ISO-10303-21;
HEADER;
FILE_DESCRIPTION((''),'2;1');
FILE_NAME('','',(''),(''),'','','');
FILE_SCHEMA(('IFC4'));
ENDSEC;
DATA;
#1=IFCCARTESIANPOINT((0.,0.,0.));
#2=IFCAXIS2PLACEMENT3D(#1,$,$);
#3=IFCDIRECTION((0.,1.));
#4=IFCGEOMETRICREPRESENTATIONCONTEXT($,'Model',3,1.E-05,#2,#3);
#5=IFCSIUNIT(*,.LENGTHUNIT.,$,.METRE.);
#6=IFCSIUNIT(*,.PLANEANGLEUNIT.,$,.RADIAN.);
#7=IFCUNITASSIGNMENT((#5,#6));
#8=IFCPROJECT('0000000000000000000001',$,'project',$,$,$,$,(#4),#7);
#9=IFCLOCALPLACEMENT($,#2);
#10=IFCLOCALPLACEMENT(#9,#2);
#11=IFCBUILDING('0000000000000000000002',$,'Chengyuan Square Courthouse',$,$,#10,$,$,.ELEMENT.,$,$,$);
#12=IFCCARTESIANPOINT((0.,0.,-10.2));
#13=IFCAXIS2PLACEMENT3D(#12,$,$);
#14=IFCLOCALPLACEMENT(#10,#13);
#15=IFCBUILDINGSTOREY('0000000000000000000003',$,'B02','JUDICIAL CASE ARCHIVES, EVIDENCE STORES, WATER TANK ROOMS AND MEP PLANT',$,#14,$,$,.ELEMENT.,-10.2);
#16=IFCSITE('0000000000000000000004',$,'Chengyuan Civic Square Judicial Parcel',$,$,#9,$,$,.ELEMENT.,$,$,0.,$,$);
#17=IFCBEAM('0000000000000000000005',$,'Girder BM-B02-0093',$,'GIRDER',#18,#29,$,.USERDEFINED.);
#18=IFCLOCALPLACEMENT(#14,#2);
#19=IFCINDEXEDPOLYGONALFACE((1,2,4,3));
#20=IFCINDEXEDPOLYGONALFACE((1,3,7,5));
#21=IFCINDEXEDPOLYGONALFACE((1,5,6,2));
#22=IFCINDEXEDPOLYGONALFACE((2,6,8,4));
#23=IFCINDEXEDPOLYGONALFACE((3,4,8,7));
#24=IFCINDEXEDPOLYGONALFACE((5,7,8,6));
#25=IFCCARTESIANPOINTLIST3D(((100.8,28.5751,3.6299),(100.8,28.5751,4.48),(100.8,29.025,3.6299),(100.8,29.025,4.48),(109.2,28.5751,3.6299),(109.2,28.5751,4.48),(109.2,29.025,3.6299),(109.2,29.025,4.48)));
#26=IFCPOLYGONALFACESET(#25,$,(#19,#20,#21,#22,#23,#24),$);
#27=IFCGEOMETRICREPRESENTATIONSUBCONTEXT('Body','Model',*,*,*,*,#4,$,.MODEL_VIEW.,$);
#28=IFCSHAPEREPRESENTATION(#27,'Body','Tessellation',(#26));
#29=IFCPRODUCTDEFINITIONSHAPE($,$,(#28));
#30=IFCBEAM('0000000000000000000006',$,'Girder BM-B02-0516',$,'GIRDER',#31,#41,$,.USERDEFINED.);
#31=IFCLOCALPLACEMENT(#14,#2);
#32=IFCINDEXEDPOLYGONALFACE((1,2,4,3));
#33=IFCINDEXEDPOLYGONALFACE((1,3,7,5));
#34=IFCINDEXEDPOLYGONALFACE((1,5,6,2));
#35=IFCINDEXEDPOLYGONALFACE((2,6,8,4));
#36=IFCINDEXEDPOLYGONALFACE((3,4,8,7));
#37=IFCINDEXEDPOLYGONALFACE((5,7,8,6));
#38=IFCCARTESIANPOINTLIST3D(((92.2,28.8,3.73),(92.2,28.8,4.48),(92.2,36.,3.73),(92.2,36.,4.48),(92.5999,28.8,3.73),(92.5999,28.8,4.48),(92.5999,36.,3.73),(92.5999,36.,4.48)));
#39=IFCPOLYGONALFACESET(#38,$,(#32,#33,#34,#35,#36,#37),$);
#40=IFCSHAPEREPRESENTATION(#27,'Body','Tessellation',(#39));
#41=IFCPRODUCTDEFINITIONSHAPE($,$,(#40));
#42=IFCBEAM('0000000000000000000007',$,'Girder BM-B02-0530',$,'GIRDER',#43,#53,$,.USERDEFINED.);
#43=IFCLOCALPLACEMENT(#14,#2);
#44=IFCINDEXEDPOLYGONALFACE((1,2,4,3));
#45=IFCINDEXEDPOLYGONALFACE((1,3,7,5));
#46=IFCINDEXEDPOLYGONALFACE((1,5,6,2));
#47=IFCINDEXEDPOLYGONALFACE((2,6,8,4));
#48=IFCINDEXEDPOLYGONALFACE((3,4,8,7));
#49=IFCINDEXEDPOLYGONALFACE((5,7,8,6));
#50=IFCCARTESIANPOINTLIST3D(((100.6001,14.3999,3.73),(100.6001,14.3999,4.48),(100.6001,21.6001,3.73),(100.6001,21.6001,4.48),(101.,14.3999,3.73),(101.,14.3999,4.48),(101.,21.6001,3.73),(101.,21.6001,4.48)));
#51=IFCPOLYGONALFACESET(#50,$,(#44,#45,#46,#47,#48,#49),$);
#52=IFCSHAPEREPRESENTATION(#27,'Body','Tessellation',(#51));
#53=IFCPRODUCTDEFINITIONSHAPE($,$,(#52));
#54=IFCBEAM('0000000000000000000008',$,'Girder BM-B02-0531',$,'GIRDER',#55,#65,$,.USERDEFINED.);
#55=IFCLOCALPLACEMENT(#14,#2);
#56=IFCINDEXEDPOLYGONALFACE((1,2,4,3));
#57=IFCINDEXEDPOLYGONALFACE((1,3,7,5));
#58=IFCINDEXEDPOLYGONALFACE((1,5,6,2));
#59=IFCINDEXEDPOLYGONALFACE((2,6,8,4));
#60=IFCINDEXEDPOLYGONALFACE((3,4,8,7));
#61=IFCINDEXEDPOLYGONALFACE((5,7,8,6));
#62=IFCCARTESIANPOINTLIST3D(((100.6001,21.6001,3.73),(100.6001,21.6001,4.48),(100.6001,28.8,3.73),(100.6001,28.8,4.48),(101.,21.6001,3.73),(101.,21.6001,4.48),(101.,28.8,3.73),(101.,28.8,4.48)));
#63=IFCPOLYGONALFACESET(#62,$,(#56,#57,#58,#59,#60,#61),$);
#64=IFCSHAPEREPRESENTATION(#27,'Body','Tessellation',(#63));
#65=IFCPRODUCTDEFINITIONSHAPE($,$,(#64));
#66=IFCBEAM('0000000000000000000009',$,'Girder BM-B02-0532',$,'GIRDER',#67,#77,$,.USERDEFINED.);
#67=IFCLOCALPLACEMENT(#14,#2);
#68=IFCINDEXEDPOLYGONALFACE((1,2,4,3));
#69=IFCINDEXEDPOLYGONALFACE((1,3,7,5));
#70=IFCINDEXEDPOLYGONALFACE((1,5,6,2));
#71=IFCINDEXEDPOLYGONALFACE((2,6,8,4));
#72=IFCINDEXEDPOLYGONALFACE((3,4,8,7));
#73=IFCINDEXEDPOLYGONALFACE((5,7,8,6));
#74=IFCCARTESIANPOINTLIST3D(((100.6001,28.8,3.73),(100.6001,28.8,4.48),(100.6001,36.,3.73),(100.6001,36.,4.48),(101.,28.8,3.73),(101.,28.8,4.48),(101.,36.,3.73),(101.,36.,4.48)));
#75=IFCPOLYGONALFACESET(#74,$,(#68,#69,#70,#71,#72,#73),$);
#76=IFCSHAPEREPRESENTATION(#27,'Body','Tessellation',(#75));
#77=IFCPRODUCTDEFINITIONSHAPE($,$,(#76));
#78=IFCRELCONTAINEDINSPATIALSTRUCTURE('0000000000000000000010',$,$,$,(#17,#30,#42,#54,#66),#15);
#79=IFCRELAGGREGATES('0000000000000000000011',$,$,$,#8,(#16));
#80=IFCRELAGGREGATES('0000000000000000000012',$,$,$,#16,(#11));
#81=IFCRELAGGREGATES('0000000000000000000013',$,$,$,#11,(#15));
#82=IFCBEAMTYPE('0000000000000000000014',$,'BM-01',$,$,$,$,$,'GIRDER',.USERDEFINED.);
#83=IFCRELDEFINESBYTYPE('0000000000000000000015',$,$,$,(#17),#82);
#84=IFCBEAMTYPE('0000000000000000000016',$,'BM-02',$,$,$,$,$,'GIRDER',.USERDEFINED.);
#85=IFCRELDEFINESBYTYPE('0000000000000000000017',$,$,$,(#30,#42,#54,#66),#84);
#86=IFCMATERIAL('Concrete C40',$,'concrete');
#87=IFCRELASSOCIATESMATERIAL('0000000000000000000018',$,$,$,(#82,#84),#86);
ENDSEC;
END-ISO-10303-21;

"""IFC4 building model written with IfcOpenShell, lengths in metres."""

from ifc_helpers import new_model, si_unit, direction, frame, origin, origin_2d, place, context, subcontext, project, spatial, rectangle, extrude, material, material_profile, profile_set, type_object, element, save


model = new_model("IFC4")

# Units and contexts
model_context = context("Model", 3, precision=1e-05, world=origin(), true_north=direction((0.0, 1.0)))
body_context = subcontext(model_context, "Body", "Model", "MODEL_VIEW")
ifc_project = project(units=[si_unit("LENGTHUNIT", "METRE"), si_unit("PLANEANGLEUNIT", "RADIAN")], contexts=[model_context])

# Site, building, storey
site_placement = place(None, origin())
site = spatial("IfcSite", under=ifc_project, at=site_placement, Name="Chengyuan Civic Square Judicial Parcel", CompositionType="ELEMENT", RefElevation=0.0)
building_placement = place(site_placement, origin())
building = spatial("IfcBuilding", under=site, at=building_placement, Name="Chengyuan Square Courthouse", CompositionType="ELEMENT")
storey_placement = place(building_placement, frame((0.0, 0.0, -10.2)))
storey = spatial("IfcBuildingStorey", under=building, at=storey_placement, Name="B02", Description="JUDICIAL CASE ARCHIVES, EVIDENCE STORES, WATER TANK ROOMS AND MEP PLANT", CompositionType="ELEMENT", Elevation=-10.2)

# Shared definitions
ifc_material_1 = material(Name="Concrete C40", Category="concrete")

# Beams
ifc_material_profile_1 = material_profile(ifc_material_1, rectangle(XDim=0.45, YDim=0.8501, at=origin_2d()), Name="RC-BM-450x850")
ifc_profile_set_1 = profile_set([ifc_material_profile_1], Name="Concrete C40")
beam_type_1 = type_object("IfcBeamType", Name="BM-01", ElementType="GIRDER", PredefinedType="USERDEFINED", material=ifc_profile_set_1)
beam_1_placement = place(storey_placement, frame((100.8, 28.8, 4.0549), z_axis=(1.0, 0.0, 0.0), x_axis=(0.0, 1.0, 0.0)))
element("IfcBeam", 1, at=beam_1_placement, inside=storey, type_object=beam_type_1, Name="Girder BM-B02-0093", ObjectType="GIRDER", PredefinedType="USERDEFINED", context=body_context, shape_type="SweptSolid", body=[
    extrude(rectangle(XDim=0.45, YDim=0.8501, at=origin_2d()), origin(), (0.0, 0.0, 1.0), 8.3999),
])
ifc_material_profile_2 = material_profile(ifc_material_1, rectangle(XDim=0.3999, YDim=0.75, at=origin_2d()), Name="RC-BM-400x750")
ifc_profile_set_2 = profile_set([ifc_material_profile_2], Name="Concrete C40")
beam_type_2 = type_object("IfcBeamType", Name="BM-02", ElementType="GIRDER", PredefinedType="USERDEFINED", material=ifc_profile_set_2)
beam_2_placement = place(storey_placement, frame((92.3999, 28.8, 4.105), z_axis=(0.0, 1.0, 0.0), x_axis=(-1.0, 0.0, 0.0)))
element("IfcBeam", 2, at=beam_2_placement, inside=storey, type_object=beam_type_2, Name="Girder BM-B02-0516", ObjectType="GIRDER", PredefinedType="USERDEFINED", context=body_context, shape_type="SweptSolid", body=[
    extrude(rectangle(XDim=0.3999, YDim=0.75, at=origin_2d()), origin(), (0.0, 0.0, 1.0), 7.2),
])
beam_3_placement = place(storey_placement, frame((100.8, 14.3999, 4.105), z_axis=(0.0, 1.0, 0.0), x_axis=(-1.0, 0.0, 0.0)))
element("IfcBeam", 3, at=beam_3_placement, inside=storey, type_object=beam_type_2, Name="Girder BM-B02-0530", ObjectType="GIRDER", PredefinedType="USERDEFINED", context=body_context, shape_type="SweptSolid", body=[
    extrude(rectangle(XDim=0.3999, YDim=0.75, at=origin_2d()), origin(), (0.0, 0.0, 1.0), 7.2002),
])
for number, where, z_axis, x_axis, name in (
    (4, (100.8, 21.6001, 4.105), (0.0, 1.0, 0.0), (-1.0, 0.0, 0.0), "Girder BM-B02-0531"),
    (5, (100.8, 28.8, 4.105), (0.0, 1.0, 0.0), (-1.0, 0.0, 0.0), "Girder BM-B02-0532"),
):
    element("IfcBeam", number, at=place(storey_placement, frame(where, z_axis=z_axis, x_axis=x_axis)), inside=storey, type_object=beam_type_2, Name=name, ObjectType="GIRDER", PredefinedType="USERDEFINED", context=body_context, shape_type="SweptSolid", body=[
        extrude(rectangle(XDim=0.3999, YDim=0.75, at=origin_2d()), origin(), (0.0, 0.0, 1.0), 7.2),
    ])

save(model, "model.ifc")
